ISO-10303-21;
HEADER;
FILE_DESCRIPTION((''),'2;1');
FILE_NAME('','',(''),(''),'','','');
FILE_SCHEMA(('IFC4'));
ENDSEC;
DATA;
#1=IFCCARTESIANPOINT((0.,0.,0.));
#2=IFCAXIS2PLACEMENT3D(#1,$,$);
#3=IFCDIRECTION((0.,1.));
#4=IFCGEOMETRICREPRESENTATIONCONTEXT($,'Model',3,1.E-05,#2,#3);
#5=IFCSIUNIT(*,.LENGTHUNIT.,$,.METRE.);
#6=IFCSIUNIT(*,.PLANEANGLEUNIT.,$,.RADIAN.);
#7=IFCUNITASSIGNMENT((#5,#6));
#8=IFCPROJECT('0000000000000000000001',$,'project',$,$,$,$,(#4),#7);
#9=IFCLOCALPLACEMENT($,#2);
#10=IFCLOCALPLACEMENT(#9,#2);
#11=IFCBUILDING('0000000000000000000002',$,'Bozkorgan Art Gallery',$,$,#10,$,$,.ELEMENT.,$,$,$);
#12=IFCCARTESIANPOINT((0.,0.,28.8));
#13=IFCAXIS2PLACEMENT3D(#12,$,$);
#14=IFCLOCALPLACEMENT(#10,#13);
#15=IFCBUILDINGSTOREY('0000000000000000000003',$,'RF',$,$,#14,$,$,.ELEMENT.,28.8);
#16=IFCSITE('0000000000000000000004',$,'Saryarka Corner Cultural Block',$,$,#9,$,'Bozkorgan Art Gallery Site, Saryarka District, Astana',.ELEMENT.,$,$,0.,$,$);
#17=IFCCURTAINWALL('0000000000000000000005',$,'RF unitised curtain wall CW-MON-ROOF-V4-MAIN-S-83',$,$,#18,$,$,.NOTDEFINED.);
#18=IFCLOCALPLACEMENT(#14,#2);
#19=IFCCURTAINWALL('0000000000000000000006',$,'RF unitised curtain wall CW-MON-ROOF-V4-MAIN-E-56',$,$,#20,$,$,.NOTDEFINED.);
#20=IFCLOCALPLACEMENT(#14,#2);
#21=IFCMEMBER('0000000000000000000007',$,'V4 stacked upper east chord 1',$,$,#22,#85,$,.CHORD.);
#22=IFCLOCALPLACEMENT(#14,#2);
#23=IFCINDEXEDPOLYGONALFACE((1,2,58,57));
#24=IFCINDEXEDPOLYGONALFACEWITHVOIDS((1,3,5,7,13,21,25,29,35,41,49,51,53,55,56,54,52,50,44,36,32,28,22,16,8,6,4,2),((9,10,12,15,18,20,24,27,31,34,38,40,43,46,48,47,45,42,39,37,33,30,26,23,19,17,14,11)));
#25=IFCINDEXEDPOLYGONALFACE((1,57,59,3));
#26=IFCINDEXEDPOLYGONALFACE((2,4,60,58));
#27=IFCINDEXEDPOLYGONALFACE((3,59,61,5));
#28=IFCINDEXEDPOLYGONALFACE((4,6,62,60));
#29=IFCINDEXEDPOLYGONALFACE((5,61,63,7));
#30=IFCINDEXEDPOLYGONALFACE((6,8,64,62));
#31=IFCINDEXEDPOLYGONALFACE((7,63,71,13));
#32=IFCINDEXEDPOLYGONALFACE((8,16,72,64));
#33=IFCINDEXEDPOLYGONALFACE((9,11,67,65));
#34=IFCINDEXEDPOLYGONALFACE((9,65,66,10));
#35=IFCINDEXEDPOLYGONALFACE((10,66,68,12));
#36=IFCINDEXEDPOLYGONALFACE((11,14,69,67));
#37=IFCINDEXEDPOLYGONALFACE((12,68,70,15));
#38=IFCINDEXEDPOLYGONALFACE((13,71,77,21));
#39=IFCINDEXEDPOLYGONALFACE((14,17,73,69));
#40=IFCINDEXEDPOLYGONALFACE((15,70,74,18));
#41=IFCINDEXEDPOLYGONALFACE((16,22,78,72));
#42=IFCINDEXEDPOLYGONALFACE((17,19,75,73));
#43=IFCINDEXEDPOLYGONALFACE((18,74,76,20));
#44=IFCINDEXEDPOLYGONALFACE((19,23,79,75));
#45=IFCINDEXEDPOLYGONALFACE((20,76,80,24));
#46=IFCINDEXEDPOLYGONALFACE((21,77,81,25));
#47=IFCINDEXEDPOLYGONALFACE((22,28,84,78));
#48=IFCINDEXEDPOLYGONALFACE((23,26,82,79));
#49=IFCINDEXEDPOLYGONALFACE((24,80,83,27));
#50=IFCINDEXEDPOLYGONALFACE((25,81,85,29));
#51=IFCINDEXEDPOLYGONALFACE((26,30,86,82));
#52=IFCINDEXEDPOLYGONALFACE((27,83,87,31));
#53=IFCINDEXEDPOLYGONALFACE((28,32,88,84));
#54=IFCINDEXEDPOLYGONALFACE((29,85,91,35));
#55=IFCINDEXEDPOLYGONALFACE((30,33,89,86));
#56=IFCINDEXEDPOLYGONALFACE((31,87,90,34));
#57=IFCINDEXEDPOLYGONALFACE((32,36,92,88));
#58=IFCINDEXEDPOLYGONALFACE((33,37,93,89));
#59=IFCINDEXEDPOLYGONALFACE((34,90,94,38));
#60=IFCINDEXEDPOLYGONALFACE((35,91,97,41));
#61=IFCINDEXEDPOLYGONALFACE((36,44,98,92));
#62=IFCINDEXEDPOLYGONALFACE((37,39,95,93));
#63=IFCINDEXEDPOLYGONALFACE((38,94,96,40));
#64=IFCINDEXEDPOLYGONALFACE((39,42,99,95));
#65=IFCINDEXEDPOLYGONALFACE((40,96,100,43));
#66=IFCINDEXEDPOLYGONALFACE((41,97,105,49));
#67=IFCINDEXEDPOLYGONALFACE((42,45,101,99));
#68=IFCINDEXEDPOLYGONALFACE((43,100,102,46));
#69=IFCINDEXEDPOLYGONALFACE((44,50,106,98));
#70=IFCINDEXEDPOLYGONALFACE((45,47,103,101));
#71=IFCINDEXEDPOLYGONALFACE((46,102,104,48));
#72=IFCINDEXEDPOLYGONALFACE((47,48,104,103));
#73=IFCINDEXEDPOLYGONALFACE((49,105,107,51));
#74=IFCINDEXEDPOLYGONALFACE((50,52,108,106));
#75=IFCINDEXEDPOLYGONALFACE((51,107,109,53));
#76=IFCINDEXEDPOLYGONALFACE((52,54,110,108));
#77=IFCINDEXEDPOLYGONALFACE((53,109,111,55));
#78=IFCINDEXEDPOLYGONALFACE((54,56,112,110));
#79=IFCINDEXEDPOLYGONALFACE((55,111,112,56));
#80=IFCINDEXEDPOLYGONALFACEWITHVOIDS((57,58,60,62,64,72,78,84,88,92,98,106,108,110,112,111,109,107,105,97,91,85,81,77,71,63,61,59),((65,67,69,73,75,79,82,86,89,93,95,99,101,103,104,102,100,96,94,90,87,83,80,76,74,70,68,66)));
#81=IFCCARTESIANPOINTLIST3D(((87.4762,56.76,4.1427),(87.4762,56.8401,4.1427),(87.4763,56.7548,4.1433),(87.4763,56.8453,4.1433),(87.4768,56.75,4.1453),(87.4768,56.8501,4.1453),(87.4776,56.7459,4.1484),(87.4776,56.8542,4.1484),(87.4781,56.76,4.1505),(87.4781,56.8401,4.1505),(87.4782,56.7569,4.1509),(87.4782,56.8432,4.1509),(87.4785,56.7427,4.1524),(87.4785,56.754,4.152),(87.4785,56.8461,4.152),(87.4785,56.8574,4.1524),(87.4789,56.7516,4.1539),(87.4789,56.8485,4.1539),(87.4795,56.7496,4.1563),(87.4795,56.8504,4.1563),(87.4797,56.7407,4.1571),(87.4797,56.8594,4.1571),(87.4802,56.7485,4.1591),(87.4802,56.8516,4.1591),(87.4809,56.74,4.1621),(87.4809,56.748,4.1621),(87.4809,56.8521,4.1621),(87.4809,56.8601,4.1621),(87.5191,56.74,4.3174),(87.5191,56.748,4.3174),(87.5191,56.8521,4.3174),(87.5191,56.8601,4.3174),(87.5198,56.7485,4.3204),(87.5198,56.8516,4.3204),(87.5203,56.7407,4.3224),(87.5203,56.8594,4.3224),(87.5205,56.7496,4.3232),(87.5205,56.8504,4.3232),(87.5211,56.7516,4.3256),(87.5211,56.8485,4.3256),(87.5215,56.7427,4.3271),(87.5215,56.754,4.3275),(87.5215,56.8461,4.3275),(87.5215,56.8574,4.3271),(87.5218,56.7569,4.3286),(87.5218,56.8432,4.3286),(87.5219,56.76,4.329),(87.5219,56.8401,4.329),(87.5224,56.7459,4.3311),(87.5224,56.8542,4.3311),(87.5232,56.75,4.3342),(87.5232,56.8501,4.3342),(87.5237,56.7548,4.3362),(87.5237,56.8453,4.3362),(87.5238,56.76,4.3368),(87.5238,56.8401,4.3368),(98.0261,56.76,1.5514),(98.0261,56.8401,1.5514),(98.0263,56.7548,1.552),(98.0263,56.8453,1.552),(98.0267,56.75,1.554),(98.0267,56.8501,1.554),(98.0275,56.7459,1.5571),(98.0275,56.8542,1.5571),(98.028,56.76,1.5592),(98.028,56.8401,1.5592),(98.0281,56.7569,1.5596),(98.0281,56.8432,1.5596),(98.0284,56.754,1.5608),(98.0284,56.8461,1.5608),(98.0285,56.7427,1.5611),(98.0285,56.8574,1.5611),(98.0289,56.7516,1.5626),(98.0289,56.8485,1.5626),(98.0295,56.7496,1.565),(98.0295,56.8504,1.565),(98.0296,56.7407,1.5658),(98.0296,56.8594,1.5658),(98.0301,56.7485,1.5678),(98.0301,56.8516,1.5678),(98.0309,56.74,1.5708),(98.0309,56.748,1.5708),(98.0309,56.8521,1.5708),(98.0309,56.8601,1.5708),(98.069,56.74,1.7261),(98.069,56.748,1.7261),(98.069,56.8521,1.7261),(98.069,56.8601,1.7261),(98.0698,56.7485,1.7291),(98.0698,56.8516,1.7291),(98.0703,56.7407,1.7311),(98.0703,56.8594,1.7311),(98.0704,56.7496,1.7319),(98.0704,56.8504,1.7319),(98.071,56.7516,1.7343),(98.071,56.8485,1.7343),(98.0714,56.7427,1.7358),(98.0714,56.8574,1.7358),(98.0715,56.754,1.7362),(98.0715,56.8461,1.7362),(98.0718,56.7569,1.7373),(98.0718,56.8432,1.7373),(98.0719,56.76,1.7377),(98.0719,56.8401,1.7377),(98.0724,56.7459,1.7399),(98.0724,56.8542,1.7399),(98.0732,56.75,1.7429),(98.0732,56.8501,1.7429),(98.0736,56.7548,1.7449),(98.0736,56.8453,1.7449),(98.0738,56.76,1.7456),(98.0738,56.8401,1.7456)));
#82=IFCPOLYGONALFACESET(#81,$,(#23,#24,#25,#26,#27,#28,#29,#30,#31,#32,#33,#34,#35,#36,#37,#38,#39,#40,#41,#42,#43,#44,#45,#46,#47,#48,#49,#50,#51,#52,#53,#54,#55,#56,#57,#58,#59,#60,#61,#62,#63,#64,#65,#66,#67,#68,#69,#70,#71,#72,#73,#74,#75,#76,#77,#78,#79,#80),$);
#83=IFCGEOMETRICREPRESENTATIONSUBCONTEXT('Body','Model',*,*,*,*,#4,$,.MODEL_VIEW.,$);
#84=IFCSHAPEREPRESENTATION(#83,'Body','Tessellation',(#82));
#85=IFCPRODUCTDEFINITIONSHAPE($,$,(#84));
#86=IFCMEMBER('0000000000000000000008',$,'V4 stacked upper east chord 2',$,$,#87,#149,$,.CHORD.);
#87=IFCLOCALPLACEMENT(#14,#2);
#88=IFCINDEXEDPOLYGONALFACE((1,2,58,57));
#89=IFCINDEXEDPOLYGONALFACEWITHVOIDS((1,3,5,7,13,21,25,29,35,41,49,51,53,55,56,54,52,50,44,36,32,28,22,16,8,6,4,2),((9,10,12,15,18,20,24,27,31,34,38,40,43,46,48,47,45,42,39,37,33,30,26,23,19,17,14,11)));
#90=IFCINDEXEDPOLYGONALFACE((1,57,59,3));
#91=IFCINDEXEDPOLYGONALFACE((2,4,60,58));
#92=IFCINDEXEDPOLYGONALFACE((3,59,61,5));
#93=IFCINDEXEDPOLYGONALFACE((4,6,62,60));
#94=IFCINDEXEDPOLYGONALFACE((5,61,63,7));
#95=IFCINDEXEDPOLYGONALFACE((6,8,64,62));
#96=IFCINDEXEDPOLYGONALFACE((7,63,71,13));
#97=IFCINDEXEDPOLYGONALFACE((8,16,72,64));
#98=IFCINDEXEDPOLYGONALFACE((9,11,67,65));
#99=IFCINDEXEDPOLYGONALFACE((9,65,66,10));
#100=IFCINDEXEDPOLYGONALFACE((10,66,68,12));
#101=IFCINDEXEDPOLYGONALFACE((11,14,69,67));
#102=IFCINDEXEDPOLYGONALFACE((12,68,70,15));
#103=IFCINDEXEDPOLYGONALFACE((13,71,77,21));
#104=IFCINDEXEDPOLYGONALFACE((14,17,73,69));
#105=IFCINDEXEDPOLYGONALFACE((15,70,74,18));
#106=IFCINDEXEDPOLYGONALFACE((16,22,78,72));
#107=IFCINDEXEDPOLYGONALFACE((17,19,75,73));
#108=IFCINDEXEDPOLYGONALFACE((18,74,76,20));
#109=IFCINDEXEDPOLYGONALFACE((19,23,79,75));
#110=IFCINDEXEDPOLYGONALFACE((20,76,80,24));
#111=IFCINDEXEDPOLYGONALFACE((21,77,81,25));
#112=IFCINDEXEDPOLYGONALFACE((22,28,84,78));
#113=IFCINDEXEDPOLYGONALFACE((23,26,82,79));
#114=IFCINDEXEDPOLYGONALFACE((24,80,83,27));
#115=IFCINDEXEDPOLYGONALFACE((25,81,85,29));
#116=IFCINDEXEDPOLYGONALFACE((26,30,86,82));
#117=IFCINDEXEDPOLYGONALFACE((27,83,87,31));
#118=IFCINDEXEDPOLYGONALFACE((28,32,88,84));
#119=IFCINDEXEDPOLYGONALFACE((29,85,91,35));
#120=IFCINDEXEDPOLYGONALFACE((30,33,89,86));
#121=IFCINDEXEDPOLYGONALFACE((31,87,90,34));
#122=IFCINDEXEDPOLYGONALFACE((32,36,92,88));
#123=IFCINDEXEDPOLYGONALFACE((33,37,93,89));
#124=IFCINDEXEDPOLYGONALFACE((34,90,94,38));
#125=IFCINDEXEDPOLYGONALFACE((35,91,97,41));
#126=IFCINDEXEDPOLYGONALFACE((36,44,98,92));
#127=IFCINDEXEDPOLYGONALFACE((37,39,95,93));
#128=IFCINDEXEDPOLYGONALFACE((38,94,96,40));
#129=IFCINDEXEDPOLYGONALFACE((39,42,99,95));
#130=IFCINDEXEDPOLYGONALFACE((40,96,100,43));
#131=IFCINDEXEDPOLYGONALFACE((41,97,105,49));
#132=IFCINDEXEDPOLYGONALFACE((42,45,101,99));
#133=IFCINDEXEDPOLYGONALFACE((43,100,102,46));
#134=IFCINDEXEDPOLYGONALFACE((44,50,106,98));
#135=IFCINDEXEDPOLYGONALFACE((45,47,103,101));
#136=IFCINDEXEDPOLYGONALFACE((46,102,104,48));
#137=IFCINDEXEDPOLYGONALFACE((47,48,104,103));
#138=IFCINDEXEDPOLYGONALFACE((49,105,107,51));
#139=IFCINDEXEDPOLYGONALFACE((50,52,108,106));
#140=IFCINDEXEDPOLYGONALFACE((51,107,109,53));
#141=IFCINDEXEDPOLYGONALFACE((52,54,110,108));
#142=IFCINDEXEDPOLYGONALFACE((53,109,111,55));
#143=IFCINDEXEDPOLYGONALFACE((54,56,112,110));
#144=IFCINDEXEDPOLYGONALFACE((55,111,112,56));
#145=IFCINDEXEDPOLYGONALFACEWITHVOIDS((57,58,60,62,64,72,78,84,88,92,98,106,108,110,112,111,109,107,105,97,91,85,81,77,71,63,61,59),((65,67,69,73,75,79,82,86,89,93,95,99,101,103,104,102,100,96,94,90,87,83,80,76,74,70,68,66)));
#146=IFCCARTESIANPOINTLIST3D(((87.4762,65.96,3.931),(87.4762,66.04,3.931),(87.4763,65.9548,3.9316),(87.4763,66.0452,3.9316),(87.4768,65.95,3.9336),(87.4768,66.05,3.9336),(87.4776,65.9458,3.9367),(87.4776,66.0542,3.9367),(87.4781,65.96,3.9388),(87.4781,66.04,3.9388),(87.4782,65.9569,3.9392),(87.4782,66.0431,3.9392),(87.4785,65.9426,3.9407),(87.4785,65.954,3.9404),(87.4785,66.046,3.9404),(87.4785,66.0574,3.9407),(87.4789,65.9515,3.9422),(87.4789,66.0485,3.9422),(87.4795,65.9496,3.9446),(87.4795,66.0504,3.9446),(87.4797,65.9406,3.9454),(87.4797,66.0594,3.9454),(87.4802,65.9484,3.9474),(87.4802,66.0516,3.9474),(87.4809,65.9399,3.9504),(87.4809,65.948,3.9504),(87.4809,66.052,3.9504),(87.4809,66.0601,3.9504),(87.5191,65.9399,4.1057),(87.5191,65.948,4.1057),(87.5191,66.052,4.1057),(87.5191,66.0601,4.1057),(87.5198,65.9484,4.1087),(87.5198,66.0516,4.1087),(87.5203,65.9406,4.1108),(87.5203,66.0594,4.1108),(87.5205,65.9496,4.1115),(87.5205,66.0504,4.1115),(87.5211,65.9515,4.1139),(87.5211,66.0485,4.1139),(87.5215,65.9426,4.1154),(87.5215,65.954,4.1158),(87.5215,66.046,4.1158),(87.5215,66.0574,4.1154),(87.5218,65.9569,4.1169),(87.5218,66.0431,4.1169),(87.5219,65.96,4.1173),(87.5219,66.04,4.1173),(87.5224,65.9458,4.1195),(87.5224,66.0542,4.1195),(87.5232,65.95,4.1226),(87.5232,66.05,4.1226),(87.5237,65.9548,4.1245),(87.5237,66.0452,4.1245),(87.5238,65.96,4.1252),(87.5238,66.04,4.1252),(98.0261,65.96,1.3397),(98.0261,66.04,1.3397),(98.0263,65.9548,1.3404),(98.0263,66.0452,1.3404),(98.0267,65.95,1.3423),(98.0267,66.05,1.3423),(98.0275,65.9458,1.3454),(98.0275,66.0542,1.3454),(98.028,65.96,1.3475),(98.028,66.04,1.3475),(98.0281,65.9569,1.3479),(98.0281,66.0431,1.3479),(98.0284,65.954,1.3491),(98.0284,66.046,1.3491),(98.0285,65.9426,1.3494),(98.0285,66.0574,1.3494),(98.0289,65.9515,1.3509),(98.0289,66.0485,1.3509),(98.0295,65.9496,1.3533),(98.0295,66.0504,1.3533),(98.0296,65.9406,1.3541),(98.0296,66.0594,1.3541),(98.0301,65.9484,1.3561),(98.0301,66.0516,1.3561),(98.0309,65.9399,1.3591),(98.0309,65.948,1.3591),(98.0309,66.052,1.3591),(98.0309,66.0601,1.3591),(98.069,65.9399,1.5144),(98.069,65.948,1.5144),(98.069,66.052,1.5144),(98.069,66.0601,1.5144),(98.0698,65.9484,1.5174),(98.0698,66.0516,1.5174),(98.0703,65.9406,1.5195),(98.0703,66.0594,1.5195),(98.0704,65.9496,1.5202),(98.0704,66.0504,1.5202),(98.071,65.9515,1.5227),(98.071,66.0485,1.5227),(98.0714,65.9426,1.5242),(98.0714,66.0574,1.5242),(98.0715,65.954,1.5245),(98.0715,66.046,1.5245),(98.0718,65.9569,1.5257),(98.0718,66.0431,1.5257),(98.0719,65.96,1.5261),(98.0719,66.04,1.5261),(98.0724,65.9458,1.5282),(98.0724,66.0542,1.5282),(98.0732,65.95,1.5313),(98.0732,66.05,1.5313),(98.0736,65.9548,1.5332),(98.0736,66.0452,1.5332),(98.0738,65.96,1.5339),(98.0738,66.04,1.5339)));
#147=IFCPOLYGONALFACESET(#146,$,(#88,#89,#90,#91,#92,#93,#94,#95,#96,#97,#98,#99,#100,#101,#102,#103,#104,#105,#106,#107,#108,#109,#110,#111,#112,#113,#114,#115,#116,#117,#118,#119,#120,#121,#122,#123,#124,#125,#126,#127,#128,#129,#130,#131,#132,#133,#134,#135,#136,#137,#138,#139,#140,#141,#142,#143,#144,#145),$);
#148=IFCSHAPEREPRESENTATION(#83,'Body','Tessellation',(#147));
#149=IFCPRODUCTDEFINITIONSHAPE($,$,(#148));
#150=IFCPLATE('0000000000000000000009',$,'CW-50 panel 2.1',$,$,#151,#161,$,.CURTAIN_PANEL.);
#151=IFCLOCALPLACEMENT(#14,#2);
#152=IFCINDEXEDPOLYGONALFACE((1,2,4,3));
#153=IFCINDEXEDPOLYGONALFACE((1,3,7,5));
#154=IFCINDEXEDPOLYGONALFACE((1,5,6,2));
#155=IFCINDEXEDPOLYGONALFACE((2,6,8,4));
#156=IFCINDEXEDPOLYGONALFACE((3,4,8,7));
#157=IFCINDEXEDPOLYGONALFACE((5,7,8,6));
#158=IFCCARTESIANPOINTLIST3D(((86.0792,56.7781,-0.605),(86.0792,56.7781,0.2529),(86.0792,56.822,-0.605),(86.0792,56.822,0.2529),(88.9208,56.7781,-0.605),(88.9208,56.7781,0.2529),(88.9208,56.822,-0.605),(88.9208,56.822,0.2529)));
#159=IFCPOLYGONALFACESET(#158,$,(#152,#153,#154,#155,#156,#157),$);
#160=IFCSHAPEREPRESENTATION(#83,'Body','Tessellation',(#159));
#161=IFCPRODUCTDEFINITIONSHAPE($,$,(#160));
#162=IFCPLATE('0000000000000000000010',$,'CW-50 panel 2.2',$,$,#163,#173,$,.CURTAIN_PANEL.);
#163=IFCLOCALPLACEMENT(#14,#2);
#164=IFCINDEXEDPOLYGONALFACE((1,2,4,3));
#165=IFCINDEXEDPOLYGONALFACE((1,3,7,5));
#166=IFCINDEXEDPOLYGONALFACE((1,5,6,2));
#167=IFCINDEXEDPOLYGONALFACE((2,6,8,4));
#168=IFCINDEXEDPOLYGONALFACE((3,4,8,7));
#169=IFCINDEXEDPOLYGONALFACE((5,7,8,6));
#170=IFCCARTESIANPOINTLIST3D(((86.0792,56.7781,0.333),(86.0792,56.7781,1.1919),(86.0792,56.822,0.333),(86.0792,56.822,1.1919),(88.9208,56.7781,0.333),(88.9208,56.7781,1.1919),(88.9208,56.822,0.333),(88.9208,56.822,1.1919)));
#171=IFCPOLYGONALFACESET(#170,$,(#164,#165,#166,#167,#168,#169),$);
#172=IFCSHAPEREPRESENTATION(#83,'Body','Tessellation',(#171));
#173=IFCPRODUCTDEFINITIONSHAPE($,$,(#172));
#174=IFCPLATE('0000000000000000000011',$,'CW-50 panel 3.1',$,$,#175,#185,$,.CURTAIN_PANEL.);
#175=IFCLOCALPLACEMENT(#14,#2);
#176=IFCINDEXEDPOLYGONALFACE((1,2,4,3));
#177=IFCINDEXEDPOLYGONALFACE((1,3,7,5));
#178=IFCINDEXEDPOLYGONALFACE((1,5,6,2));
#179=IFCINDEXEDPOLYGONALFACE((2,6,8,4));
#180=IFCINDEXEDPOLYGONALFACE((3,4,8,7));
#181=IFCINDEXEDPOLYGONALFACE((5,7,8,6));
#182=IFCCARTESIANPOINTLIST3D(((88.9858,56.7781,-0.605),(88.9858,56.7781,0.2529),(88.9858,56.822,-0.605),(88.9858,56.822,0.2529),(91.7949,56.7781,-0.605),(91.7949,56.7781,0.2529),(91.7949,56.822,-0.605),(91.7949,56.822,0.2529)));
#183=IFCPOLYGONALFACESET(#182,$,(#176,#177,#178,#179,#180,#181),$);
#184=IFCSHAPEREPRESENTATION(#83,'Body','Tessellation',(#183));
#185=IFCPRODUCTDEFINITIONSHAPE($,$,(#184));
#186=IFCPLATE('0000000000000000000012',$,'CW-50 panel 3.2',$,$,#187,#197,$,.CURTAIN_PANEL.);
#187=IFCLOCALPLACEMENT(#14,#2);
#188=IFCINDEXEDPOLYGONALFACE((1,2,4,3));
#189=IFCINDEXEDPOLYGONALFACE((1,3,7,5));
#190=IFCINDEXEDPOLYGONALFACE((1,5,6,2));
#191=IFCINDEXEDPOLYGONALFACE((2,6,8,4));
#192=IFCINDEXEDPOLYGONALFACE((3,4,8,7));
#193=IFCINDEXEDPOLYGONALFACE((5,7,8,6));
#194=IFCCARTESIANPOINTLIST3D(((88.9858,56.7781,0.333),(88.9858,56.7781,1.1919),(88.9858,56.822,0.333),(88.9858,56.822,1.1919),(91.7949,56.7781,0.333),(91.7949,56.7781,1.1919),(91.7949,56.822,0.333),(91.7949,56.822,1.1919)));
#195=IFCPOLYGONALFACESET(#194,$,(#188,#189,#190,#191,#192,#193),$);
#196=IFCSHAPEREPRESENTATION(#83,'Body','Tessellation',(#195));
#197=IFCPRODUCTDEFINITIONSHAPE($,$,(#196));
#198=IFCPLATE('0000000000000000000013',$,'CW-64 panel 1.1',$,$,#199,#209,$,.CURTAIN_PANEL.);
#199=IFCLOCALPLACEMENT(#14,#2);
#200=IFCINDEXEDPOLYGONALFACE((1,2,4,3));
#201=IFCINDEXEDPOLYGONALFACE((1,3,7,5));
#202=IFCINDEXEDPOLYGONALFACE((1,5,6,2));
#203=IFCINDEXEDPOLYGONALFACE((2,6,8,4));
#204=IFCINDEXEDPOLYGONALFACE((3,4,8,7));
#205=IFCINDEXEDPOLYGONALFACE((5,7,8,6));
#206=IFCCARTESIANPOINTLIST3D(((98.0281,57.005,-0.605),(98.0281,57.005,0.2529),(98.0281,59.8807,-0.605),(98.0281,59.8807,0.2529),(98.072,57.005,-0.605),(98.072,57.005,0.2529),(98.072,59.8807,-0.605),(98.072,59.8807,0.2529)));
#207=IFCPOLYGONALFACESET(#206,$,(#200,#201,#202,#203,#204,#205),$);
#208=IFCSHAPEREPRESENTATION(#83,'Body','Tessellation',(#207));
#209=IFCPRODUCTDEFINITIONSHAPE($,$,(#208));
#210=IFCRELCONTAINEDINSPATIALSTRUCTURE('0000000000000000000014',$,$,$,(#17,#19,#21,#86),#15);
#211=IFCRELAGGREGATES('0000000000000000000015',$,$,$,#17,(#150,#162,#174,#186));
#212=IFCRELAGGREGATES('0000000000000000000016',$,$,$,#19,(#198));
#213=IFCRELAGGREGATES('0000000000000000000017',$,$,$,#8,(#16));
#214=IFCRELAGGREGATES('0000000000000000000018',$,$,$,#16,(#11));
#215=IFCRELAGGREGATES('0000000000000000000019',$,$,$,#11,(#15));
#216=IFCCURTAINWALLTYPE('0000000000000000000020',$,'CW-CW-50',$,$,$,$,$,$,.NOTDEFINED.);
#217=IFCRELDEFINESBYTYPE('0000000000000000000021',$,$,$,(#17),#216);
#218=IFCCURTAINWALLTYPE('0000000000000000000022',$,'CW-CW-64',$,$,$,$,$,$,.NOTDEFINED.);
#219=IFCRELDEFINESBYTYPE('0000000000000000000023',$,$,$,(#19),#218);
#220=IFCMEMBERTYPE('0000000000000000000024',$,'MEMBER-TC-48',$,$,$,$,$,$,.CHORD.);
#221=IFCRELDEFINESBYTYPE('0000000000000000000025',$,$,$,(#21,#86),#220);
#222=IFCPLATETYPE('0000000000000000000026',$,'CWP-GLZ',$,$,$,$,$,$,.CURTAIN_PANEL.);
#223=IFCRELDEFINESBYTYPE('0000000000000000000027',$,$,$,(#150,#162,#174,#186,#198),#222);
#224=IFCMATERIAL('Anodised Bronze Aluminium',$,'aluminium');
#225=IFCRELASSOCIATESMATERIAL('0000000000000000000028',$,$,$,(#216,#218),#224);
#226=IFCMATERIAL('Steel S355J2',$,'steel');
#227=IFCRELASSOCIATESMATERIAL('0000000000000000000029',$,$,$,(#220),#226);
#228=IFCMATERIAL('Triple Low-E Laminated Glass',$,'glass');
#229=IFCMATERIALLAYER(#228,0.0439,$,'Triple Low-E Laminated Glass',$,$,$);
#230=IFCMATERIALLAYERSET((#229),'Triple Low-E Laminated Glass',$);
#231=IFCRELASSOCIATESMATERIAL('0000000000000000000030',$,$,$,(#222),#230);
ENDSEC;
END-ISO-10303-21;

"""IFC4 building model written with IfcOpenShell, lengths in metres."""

from ifc_helpers import new_model, si_unit, direction, frame, origin, origin_2d, place, context, subcontext, project, spatial, rectangle, hollow_rectangle, extrude, material, layer, layer_set, material_profile, profile_set, type_object, element, aggregate, save


model = new_model("IFC4")

# Units and contexts
model_context = context("Model", 3, precision=1e-05, world=origin(), true_north=direction((0.0, 1.0)))
body_context = subcontext(model_context, "Body", "Model", "MODEL_VIEW")
ifc_project = project(units=[si_unit("LENGTHUNIT", "METRE"), si_unit("PLANEANGLEUNIT", "RADIAN")], contexts=[model_context])

# Site, building, storey
site_placement = place(None, origin())
site = spatial("IfcSite", under=ifc_project, at=site_placement, Name="Saryarka Corner Cultural Block", LongName="Bozkorgan Art Gallery Site, Saryarka District, Astana", CompositionType="ELEMENT", RefElevation=0.0)
building_placement = place(site_placement, origin())
building = spatial("IfcBuilding", under=site, at=building_placement, Name="Bozkorgan Art Gallery", CompositionType="ELEMENT")
storey_placement = place(building_placement, frame((0.0, 0.0, 28.8)))
storey = spatial("IfcBuildingStorey", under=building, at=storey_placement, Name="RF", CompositionType="ELEMENT", Elevation=28.8)

# Shared definitions
ifc_material_1 = material(Name="Steel S355J2", Category="steel")

# Curtain walls
ifc_material_2 = material(Name="Anodised Bronze Aluminium", Category="aluminium")
curtain_wall_type_1 = type_object("IfcCurtainWallType", Name="CW-CW-50", PredefinedType="NOTDEFINED", material=ifc_material_2)
curtain_wall_1_placement = place(storey_placement, origin())
curtain_wall_1 = element("IfcCurtainWall", 1, at=curtain_wall_1_placement, inside=storey, type_object=curtain_wall_type_1, Name="RF unitised curtain wall CW-MON-ROOF-V4-MAIN-S-83", PredefinedType="NOTDEFINED")
curtain_wall_type_2 = type_object("IfcCurtainWallType", Name="CW-CW-64", PredefinedType="NOTDEFINED", material=ifc_material_2)
curtain_wall_2_placement = place(storey_placement, origin())
curtain_wall_2 = element("IfcCurtainWall", 2, at=curtain_wall_2_placement, inside=storey, type_object=curtain_wall_type_2, Name="RF unitised curtain wall CW-MON-ROOF-V4-MAIN-E-56", PredefinedType="NOTDEFINED")

# Members
ifc_material_profile_1 = material_profile(ifc_material_1, hollow_rectangle(XDim=0.1201, YDim=0.2, WallThickness=0.0081, InnerFilletRadius=0.012, OuterFilletRadius=0.02, at=origin_2d()), Name="RHS 200x120x8")
ifc_profile_set_1 = profile_set([ifc_material_profile_1], Name="Steel S355J2")
member_type_1 = type_object("IfcMemberType", Name="MEMBER-TC-48", PredefinedType="CHORD", material=ifc_profile_set_1)
for number, where, z_axis, x_axis, name in (
    (3, (87.5, 56.8, 4.2397), (0.971135, 0.0, -0.238531), (0.0, 1.0, 0.0), "V4 stacked upper east chord 1"),
    (4, (87.5, 66.0, 4.0281), (0.971135, 0.0, -0.238531), (0.0, 1.0, 0.0), "V4 stacked upper east chord 2"),
):
    element("IfcMember", number, at=place(storey_placement, frame(where, z_axis=z_axis, x_axis=x_axis)), inside=storey, type_object=member_type_1, Name=name, PredefinedType="CHORD", context=body_context, shape_type="SweptSolid", body=[
        extrude(hollow_rectangle(XDim=0.1201, YDim=0.2, WallThickness=0.0081, InnerFilletRadius=0.012, OuterFilletRadius=0.02, at=origin_2d()), origin(), (0.0, 0.0, 1.0), 10.8635),
    ])

# Plates
ifc_material_3 = material(Name="Triple Low-E Laminated Glass", Category="glass")
ifc_layer_1 = layer(ifc_material_3, 0.0439, Name="Triple Low-E Laminated Glass")
ifc_layer_set_1 = layer_set([ifc_layer_1], Name="Triple Low-E Laminated Glass")
plate_type_1 = type_object("IfcPlateType", Name="CWP-GLZ", PredefinedType="CURTAIN_PANEL", material=ifc_layer_set_1)
plate_1_placement = place(storey_placement, frame((87.5, 56.8, -0.605), z_axis=(0.0, 0.0, 1.0), x_axis=(1.0, 0.0, 0.0)))
plate_1 = element("IfcPlate", 5, at=plate_1_placement, type_object=plate_type_1, Name="CW-50 panel 2.1", PredefinedType="CURTAIN_PANEL", context=body_context, shape_type="SweptSolid", body=[
    extrude(rectangle(XDim=2.8416, YDim=0.0439, at=origin_2d()), origin(), (0.0, 0.0, 1.0), 0.8579),
])
plate_2_placement = place(storey_placement, frame((87.5, 56.8, 0.333), z_axis=(0.0, 0.0, 1.0), x_axis=(1.0, 0.0, 0.0)))
plate_2 = element("IfcPlate", 6, at=plate_2_placement, type_object=plate_type_1, Name="CW-50 panel 2.2", PredefinedType="CURTAIN_PANEL", context=body_context, shape_type="SweptSolid", body=[
    extrude(rectangle(XDim=2.8416, YDim=0.0439, at=origin_2d()), origin(), (0.0, 0.0, 1.0), 0.8589),
])
plate_3_placement = place(storey_placement, frame((90.3904, 56.8, -0.605), z_axis=(0.0, 0.0, 1.0), x_axis=(1.0, 0.0, 0.0)))
plate_3 = element("IfcPlate", 7, at=plate_3_placement, type_object=plate_type_1, Name="CW-50 panel 3.1", PredefinedType="CURTAIN_PANEL", context=body_context, shape_type="SweptSolid", body=[
    extrude(rectangle(XDim=2.8091, YDim=0.0439, at=origin_2d()), origin(), (0.0, 0.0, 1.0), 0.8579),
])
plate_4_placement = place(storey_placement, frame((90.3904, 56.8, 0.333), z_axis=(0.0, 0.0, 1.0), x_axis=(1.0, 0.0, 0.0)))
plate_4 = element("IfcPlate", 8, at=plate_4_placement, type_object=plate_type_1, Name="CW-50 panel 3.2", PredefinedType="CURTAIN_PANEL", context=body_context, shape_type="SweptSolid", body=[
    extrude(rectangle(XDim=2.8091, YDim=0.0439, at=origin_2d()), origin(), (0.0, 0.0, 1.0), 0.8589),
])
aggregate(curtain_wall_1, [plate_1, plate_2, plate_3, plate_4])
plate_5_placement = place(storey_placement, frame((98.05, 58.4429, -0.605), z_axis=(0.0, 0.0, 1.0), x_axis=(0.0, 1.0, 0.0)))
plate_5 = element("IfcPlate", 9, at=plate_5_placement, type_object=plate_type_1, Name="CW-64 panel 1.1", PredefinedType="CURTAIN_PANEL", context=body_context, shape_type="SweptSolid", body=[
    extrude(rectangle(XDim=2.8757, YDim=0.0439, at=origin_2d()), origin(), (0.0, 0.0, 1.0), 0.8579),
])
aggregate(curtain_wall_2, [plate_5])

save(model, "model.ifc")
